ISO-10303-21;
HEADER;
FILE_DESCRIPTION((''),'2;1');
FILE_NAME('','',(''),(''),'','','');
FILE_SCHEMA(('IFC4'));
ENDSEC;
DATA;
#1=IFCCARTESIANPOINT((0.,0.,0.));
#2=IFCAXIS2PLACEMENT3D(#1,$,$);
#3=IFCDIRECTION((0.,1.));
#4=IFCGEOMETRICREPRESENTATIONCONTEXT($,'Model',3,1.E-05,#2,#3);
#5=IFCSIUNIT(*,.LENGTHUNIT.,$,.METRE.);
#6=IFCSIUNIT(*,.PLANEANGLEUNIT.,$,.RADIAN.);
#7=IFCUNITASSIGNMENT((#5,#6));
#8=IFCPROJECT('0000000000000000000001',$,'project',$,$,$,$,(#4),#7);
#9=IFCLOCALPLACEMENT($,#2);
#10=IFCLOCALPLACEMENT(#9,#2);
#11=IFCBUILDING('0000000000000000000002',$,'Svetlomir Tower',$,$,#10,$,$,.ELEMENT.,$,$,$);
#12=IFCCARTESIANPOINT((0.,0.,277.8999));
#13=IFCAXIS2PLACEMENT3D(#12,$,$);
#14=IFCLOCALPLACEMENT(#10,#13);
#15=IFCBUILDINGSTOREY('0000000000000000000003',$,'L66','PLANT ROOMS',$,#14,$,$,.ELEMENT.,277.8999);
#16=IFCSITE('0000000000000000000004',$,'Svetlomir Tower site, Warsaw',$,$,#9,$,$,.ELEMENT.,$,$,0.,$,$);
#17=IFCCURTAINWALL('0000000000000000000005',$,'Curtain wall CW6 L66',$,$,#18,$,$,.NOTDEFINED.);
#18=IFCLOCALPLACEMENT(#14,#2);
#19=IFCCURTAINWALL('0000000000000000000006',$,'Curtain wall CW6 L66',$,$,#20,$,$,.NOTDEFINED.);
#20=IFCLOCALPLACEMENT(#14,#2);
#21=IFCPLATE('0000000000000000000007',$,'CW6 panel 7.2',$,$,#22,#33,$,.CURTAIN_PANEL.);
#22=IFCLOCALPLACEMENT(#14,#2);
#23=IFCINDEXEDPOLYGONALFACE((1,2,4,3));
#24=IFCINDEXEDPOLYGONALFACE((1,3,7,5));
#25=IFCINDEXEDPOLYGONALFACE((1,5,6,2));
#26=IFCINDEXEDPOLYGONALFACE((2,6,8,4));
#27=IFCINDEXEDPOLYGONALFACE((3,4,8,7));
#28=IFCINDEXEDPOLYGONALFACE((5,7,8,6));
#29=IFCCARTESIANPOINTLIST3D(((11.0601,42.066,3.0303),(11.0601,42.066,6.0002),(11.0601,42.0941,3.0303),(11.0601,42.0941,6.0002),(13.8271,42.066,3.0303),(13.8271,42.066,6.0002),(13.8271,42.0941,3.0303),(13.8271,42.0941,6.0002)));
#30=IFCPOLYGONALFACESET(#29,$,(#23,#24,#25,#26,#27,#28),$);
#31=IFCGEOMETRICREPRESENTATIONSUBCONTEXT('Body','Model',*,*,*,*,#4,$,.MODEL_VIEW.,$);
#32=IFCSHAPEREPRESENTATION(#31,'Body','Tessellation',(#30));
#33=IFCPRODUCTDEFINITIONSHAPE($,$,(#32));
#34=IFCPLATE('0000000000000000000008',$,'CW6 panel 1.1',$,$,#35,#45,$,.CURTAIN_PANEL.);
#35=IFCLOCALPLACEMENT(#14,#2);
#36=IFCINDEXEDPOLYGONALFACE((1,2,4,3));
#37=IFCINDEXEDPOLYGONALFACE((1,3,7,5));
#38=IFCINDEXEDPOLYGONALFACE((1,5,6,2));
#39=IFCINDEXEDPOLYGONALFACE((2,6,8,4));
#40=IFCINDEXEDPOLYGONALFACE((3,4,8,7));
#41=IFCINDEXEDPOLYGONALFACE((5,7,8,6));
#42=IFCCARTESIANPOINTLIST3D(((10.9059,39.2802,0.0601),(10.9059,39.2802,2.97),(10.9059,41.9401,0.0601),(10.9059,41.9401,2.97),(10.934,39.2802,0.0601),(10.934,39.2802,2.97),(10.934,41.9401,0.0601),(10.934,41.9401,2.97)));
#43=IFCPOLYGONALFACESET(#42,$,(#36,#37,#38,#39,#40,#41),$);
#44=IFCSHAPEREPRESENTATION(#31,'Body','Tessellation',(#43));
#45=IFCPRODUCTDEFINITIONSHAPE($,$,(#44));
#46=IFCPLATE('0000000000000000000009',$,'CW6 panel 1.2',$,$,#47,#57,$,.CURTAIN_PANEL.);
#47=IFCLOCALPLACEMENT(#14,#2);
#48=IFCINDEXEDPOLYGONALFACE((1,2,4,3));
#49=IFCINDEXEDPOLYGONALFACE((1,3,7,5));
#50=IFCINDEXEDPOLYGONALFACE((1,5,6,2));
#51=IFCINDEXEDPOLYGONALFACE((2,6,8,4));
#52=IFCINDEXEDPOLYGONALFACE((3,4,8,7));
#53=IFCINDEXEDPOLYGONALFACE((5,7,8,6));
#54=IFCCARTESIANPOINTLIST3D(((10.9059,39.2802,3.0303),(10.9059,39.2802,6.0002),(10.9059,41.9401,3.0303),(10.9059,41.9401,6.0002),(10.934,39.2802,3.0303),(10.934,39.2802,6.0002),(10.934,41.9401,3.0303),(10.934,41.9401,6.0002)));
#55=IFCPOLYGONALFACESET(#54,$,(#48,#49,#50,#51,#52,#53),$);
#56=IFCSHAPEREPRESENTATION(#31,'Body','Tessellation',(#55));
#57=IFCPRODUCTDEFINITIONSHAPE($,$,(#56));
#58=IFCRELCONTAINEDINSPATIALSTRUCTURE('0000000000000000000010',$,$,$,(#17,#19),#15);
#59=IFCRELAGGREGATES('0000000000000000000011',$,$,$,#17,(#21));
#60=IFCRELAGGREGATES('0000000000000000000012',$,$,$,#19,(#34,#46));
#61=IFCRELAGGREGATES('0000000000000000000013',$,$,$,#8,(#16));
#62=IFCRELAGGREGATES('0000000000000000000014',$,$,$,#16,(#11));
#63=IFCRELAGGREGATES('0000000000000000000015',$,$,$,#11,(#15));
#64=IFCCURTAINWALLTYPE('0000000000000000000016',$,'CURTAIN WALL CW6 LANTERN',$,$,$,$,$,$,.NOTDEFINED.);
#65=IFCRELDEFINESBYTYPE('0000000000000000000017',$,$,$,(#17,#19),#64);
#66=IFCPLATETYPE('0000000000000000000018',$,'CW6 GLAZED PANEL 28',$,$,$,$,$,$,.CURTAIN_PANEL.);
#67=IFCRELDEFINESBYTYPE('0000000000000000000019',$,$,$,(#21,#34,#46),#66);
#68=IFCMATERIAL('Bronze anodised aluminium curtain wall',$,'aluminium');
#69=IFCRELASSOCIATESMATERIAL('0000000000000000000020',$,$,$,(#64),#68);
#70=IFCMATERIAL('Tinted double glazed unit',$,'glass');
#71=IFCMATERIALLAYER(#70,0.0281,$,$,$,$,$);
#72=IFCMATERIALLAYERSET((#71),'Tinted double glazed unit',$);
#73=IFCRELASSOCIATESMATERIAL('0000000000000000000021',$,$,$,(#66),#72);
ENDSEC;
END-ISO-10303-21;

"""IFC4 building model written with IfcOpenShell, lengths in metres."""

from ifc_helpers import new_model, si_unit, direction, frame, origin, origin_2d, place, context, subcontext, project, spatial, rectangle, extrude, material, layer, layer_set, type_object, element, aggregate, save


model = new_model("IFC4")

# Units and contexts
model_context = context("Model", 3, precision=1e-05, world=origin(), true_north=direction((0.0, 1.0)))
body_context = subcontext(model_context, "Body", "Model", "MODEL_VIEW")
ifc_project = project(units=[si_unit("LENGTHUNIT", "METRE"), si_unit("PLANEANGLEUNIT", "RADIAN")], contexts=[model_context])

# Site, building, storey
site_placement = place(None, origin())
site = spatial("IfcSite", under=ifc_project, at=site_placement, Name="Svetlomir Tower site, Warsaw", CompositionType="ELEMENT", RefElevation=0.0)
building_placement = place(site_placement, origin())
building = spatial("IfcBuilding", under=site, at=building_placement, Name="Svetlomir Tower", CompositionType="ELEMENT")
storey_placement = place(building_placement, frame((0.0, 0.0, 277.8999)))
storey = spatial("IfcBuildingStorey", under=building, at=storey_placement, Name="L66", Description="PLANT ROOMS", CompositionType="ELEMENT", Elevation=277.8999)

# Curtain walls
ifc_material_1 = material(Name="Bronze anodised aluminium curtain wall", Category="aluminium")
curtain_wall_type = type_object("IfcCurtainWallType", Name="CURTAIN WALL CW6 LANTERN", PredefinedType="NOTDEFINED", material=ifc_material_1)
curtain_wall_1_placement = place(storey_placement, origin())
curtain_wall_1 = element("IfcCurtainWall", 1, at=curtain_wall_1_placement, inside=storey, type_object=curtain_wall_type, Name="Curtain wall CW6 L66", PredefinedType="NOTDEFINED")
curtain_wall_2_placement = place(storey_placement, origin())
curtain_wall_2 = element("IfcCurtainWall", 2, at=curtain_wall_2_placement, inside=storey, type_object=curtain_wall_type, Name="Curtain wall CW6 L66", PredefinedType="NOTDEFINED")

# Plates
ifc_material_2 = material(Name="Tinted double glazed unit", Category="glass")
ifc_layer = layer(ifc_material_2, 0.0281)
ifc_layer_set = layer_set([ifc_layer], Name="Tinted double glazed unit")
plate_type = type_object("IfcPlateType", Name="CW6 GLAZED PANEL 28", PredefinedType="CURTAIN_PANEL", material=ifc_layer_set)
plate_1_placement = place(storey_placement, frame((12.4436, 42.0801, 3.0303), z_axis=(0.0, 0.0, 1.0), x_axis=(-1.0, 0.0, 0.0)))
plate_1 = element("IfcPlate", 3, at=plate_1_placement, type_object=plate_type, Name="CW6 panel 7.2", PredefinedType="CURTAIN_PANEL", context=body_context, shape_type="SweptSolid", body=[
    extrude(rectangle(XDim=2.7671, YDim=0.0281, at=origin_2d()), origin(), (0.0, 0.0, 1.0), 2.97),
])
aggregate(curtain_wall_1, [plate_1])
plate_2_placement = place(storey_placement, frame((10.9199, 40.6101, 0.0601), z_axis=(0.0, 0.0, 1.0), x_axis=(0.0, -1.0, 0.0)))
plate_2 = element("IfcPlate", 4, at=plate_2_placement, type_object=plate_type, Name="CW6 panel 1.1", PredefinedType="CURTAIN_PANEL", context=body_context, shape_type="SweptSolid", body=[
    extrude(rectangle(XDim=2.6599, YDim=0.0281, at=origin_2d()), origin(), (0.0, 0.0, 1.0), 2.9099),
])
plate_3_placement = place(storey_placement, frame((10.9199, 40.6101, 3.0303), z_axis=(0.0, 0.0, 1.0), x_axis=(0.0, -1.0, 0.0)))
plate_3 = element("IfcPlate", 5, at=plate_3_placement, type_object=plate_type, Name="CW6 panel 1.2", PredefinedType="CURTAIN_PANEL", context=body_context, shape_type="SweptSolid", body=[
    extrude(rectangle(XDim=2.6599, YDim=0.0281, at=origin_2d()), origin(), (0.0, 0.0, 1.0), 2.97),
])
aggregate(curtain_wall_2, [plate_2, plate_3])

save(model, "model.ifc")
